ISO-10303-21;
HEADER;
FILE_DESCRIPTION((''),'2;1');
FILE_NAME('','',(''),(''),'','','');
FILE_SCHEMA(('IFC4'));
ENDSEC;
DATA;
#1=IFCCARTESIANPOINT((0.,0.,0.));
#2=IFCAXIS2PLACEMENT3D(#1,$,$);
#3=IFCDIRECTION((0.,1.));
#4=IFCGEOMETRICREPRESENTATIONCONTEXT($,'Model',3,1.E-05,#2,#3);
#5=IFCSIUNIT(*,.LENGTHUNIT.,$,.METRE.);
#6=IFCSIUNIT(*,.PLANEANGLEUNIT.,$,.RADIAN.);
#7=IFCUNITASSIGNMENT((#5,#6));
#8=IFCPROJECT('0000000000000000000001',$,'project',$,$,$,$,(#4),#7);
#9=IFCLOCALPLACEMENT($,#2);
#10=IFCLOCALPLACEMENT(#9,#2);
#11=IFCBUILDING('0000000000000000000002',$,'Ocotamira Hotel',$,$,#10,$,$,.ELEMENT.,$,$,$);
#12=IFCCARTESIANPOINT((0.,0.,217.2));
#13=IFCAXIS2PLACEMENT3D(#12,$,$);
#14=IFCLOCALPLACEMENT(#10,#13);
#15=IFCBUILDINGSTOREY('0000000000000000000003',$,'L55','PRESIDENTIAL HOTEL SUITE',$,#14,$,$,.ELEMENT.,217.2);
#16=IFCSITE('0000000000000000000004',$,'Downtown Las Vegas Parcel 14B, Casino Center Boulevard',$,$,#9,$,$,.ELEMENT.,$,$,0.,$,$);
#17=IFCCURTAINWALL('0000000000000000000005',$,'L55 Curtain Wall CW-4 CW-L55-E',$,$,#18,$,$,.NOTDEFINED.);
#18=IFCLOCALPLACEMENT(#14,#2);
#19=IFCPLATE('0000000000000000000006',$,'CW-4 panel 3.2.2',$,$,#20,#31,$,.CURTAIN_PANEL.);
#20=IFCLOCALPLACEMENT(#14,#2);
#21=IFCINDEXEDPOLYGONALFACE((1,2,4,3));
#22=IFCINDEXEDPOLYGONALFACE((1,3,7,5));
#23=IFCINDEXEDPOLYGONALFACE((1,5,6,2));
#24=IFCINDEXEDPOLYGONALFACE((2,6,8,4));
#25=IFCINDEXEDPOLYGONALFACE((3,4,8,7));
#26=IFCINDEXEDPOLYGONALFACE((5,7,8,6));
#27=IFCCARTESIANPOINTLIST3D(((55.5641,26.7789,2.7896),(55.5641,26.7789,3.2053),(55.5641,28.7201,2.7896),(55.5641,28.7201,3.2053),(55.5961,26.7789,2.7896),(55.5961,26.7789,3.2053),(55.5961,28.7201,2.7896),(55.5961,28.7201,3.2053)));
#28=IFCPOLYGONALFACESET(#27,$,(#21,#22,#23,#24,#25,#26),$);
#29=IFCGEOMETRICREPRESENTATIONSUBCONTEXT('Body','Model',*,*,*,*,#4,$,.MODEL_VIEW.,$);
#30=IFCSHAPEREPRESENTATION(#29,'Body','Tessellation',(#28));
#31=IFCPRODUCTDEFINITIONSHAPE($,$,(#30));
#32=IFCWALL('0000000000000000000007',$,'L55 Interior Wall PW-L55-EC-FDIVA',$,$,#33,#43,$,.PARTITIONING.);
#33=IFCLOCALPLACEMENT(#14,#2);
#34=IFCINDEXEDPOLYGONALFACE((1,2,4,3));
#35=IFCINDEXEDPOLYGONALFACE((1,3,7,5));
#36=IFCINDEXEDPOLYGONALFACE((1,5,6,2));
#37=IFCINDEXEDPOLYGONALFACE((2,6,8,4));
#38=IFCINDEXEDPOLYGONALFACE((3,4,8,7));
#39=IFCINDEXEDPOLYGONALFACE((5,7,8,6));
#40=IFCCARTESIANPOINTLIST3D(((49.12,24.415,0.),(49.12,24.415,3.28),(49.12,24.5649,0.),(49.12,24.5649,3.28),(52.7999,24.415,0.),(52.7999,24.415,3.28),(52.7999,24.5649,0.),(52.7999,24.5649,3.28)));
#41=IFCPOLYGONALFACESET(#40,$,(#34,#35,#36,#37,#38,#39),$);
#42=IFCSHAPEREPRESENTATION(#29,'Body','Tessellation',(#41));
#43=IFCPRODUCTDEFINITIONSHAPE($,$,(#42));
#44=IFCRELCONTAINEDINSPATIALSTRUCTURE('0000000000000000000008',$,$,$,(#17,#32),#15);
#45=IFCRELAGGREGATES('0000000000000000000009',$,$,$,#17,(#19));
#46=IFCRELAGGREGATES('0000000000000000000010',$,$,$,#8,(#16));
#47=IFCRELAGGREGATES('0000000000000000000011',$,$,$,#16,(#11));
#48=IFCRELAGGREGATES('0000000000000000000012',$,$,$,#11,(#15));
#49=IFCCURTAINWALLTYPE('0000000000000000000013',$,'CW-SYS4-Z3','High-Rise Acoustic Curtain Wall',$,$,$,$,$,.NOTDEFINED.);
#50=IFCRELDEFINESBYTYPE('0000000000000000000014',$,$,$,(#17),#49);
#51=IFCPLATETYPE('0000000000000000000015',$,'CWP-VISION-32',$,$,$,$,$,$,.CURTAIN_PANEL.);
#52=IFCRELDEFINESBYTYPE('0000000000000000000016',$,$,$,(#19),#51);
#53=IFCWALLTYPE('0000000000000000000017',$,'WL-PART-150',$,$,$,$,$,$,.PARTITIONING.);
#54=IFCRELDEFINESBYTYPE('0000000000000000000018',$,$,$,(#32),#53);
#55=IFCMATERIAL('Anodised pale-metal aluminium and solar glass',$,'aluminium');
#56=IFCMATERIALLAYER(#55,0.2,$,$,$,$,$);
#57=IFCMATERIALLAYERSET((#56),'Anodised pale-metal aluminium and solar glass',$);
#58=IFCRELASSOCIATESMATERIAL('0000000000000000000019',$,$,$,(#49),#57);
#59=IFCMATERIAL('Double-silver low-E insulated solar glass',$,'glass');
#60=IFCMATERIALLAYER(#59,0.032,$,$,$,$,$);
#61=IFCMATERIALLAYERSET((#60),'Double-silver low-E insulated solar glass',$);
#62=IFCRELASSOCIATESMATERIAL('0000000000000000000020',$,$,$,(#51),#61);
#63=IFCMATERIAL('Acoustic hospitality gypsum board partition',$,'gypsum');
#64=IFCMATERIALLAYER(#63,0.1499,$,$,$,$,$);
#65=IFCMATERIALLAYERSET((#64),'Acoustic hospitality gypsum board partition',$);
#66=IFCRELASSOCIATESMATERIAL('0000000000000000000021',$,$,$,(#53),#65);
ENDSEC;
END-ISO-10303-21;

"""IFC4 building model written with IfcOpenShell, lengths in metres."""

from ifc_helpers import new_model, si_unit, direction, frame, frame_2d, origin, origin_2d, place, context, subcontext, project, spatial, rectangle, extrude, source, transform, mapped, material, layer, layer_set, type_object, element, aggregate, save


model = new_model("IFC4")

# Units and contexts
model_context = context("Model", 3, precision=1e-05, world=origin(), true_north=direction((0.0, 1.0)))
body_context = subcontext(model_context, "Body", "Model", "MODEL_VIEW")
ifc_project = project(units=[si_unit("LENGTHUNIT", "METRE"), si_unit("PLANEANGLEUNIT", "RADIAN")], contexts=[model_context])

# Site, building, storey
site_placement = place(None, origin())
site = spatial("IfcSite", under=ifc_project, at=site_placement, Name="Downtown Las Vegas Parcel 14B, Casino Center Boulevard", CompositionType="ELEMENT", RefElevation=0.0)
building_placement = place(site_placement, origin())
building = spatial("IfcBuilding", under=site, at=building_placement, Name="Ocotamira Hotel", CompositionType="ELEMENT")
storey_placement = place(building_placement, frame((0.0, 0.0, 217.2)))
storey = spatial("IfcBuildingStorey", under=building, at=storey_placement, Name="L55", Description="PRESIDENTIAL HOTEL SUITE", CompositionType="ELEMENT", Elevation=217.2)

# Curtain wall
ifc_material_1 = material(Name="Anodised pale-metal aluminium and solar glass", Category="aluminium")
ifc_layer_1 = layer(ifc_material_1, 0.2)
ifc_layer_set_1 = layer_set([ifc_layer_1], Name="Anodised pale-metal aluminium and solar glass")
curtain_wall_type = type_object("IfcCurtainWallType", Name="CW-SYS4-Z3", Description="High-Rise Acoustic Curtain Wall", PredefinedType="NOTDEFINED", material=ifc_layer_set_1)
curtain_wall_placement = place(storey_placement, origin())
curtain_wall = element("IfcCurtainWall", 1, at=curtain_wall_placement, inside=storey, type_object=curtain_wall_type, Name="L55 Curtain Wall CW-4 CW-L55-E", PredefinedType="NOTDEFINED")

# Plate
ifc_material_2 = material(Name="Double-silver low-E insulated solar glass", Category="glass")
ifc_layer_2 = layer(ifc_material_2, 0.032)
ifc_layer_set_2 = layer_set([ifc_layer_2], Name="Double-silver low-E insulated solar glass")
plate_type_1 = type_object("IfcPlateType", Name="CWP-VISION-32", PredefinedType="CURTAIN_PANEL", material=ifc_layer_set_2)
shared_shape_1 = source(origin(), body_context, "Body", "SweptSolid", [
    extrude(rectangle(XDim=1.9412, YDim=0.032, at=origin_2d()), origin(), (0.0, 0.0, 1.0), 0.4158),
])
plate_1_placement = place(storey_placement, frame((55.5801, 27.7495, 2.7896), z_axis=(0.0, 0.0, 1.0), x_axis=(0.0, 1.0, 0.0)))
plate_1 = element("IfcPlate", 2, at=plate_1_placement, type_object=plate_type_1, Name="CW-4 panel 3.2.2", PredefinedType="CURTAIN_PANEL", context=body_context, shape_type="MappedRepresentation", body=[
    mapped(shared_shape_1, transform((0.0, 0.0, 0.0), scale=1.0)),
])
aggregate(curtain_wall, [plate_1])

# Wall
ifc_material_3 = material(Name="Acoustic hospitality gypsum board partition", Category="gypsum")
ifc_layer_3 = layer(ifc_material_3, 0.1499)
ifc_layer_set_3 = layer_set([ifc_layer_3], Name="Acoustic hospitality gypsum board partition")
wall_type = type_object("IfcWallType", Name="WL-PART-150", PredefinedType="PARTITIONING", material=ifc_layer_set_3)
wall_placement = place(storey_placement, frame((49.1201, 24.49, 0.0), z_axis=(0.0, 0.0, 1.0), x_axis=(1.0, 0.0, 0.0)))
element("IfcWall", 3, at=wall_placement, inside=storey, type_object=wall_type, Name="L55 Interior Wall PW-L55-EC-FDIVA", PredefinedType="PARTITIONING", context=body_context, shape_type="SweptSolid", body=[
    extrude(rectangle(XDim=3.6799, YDim=0.1499, at=frame_2d((1.8398, 0.0))), origin(), (0.0, 0.0, 1.0), 3.28),
])

save(model, "model.ifc")
